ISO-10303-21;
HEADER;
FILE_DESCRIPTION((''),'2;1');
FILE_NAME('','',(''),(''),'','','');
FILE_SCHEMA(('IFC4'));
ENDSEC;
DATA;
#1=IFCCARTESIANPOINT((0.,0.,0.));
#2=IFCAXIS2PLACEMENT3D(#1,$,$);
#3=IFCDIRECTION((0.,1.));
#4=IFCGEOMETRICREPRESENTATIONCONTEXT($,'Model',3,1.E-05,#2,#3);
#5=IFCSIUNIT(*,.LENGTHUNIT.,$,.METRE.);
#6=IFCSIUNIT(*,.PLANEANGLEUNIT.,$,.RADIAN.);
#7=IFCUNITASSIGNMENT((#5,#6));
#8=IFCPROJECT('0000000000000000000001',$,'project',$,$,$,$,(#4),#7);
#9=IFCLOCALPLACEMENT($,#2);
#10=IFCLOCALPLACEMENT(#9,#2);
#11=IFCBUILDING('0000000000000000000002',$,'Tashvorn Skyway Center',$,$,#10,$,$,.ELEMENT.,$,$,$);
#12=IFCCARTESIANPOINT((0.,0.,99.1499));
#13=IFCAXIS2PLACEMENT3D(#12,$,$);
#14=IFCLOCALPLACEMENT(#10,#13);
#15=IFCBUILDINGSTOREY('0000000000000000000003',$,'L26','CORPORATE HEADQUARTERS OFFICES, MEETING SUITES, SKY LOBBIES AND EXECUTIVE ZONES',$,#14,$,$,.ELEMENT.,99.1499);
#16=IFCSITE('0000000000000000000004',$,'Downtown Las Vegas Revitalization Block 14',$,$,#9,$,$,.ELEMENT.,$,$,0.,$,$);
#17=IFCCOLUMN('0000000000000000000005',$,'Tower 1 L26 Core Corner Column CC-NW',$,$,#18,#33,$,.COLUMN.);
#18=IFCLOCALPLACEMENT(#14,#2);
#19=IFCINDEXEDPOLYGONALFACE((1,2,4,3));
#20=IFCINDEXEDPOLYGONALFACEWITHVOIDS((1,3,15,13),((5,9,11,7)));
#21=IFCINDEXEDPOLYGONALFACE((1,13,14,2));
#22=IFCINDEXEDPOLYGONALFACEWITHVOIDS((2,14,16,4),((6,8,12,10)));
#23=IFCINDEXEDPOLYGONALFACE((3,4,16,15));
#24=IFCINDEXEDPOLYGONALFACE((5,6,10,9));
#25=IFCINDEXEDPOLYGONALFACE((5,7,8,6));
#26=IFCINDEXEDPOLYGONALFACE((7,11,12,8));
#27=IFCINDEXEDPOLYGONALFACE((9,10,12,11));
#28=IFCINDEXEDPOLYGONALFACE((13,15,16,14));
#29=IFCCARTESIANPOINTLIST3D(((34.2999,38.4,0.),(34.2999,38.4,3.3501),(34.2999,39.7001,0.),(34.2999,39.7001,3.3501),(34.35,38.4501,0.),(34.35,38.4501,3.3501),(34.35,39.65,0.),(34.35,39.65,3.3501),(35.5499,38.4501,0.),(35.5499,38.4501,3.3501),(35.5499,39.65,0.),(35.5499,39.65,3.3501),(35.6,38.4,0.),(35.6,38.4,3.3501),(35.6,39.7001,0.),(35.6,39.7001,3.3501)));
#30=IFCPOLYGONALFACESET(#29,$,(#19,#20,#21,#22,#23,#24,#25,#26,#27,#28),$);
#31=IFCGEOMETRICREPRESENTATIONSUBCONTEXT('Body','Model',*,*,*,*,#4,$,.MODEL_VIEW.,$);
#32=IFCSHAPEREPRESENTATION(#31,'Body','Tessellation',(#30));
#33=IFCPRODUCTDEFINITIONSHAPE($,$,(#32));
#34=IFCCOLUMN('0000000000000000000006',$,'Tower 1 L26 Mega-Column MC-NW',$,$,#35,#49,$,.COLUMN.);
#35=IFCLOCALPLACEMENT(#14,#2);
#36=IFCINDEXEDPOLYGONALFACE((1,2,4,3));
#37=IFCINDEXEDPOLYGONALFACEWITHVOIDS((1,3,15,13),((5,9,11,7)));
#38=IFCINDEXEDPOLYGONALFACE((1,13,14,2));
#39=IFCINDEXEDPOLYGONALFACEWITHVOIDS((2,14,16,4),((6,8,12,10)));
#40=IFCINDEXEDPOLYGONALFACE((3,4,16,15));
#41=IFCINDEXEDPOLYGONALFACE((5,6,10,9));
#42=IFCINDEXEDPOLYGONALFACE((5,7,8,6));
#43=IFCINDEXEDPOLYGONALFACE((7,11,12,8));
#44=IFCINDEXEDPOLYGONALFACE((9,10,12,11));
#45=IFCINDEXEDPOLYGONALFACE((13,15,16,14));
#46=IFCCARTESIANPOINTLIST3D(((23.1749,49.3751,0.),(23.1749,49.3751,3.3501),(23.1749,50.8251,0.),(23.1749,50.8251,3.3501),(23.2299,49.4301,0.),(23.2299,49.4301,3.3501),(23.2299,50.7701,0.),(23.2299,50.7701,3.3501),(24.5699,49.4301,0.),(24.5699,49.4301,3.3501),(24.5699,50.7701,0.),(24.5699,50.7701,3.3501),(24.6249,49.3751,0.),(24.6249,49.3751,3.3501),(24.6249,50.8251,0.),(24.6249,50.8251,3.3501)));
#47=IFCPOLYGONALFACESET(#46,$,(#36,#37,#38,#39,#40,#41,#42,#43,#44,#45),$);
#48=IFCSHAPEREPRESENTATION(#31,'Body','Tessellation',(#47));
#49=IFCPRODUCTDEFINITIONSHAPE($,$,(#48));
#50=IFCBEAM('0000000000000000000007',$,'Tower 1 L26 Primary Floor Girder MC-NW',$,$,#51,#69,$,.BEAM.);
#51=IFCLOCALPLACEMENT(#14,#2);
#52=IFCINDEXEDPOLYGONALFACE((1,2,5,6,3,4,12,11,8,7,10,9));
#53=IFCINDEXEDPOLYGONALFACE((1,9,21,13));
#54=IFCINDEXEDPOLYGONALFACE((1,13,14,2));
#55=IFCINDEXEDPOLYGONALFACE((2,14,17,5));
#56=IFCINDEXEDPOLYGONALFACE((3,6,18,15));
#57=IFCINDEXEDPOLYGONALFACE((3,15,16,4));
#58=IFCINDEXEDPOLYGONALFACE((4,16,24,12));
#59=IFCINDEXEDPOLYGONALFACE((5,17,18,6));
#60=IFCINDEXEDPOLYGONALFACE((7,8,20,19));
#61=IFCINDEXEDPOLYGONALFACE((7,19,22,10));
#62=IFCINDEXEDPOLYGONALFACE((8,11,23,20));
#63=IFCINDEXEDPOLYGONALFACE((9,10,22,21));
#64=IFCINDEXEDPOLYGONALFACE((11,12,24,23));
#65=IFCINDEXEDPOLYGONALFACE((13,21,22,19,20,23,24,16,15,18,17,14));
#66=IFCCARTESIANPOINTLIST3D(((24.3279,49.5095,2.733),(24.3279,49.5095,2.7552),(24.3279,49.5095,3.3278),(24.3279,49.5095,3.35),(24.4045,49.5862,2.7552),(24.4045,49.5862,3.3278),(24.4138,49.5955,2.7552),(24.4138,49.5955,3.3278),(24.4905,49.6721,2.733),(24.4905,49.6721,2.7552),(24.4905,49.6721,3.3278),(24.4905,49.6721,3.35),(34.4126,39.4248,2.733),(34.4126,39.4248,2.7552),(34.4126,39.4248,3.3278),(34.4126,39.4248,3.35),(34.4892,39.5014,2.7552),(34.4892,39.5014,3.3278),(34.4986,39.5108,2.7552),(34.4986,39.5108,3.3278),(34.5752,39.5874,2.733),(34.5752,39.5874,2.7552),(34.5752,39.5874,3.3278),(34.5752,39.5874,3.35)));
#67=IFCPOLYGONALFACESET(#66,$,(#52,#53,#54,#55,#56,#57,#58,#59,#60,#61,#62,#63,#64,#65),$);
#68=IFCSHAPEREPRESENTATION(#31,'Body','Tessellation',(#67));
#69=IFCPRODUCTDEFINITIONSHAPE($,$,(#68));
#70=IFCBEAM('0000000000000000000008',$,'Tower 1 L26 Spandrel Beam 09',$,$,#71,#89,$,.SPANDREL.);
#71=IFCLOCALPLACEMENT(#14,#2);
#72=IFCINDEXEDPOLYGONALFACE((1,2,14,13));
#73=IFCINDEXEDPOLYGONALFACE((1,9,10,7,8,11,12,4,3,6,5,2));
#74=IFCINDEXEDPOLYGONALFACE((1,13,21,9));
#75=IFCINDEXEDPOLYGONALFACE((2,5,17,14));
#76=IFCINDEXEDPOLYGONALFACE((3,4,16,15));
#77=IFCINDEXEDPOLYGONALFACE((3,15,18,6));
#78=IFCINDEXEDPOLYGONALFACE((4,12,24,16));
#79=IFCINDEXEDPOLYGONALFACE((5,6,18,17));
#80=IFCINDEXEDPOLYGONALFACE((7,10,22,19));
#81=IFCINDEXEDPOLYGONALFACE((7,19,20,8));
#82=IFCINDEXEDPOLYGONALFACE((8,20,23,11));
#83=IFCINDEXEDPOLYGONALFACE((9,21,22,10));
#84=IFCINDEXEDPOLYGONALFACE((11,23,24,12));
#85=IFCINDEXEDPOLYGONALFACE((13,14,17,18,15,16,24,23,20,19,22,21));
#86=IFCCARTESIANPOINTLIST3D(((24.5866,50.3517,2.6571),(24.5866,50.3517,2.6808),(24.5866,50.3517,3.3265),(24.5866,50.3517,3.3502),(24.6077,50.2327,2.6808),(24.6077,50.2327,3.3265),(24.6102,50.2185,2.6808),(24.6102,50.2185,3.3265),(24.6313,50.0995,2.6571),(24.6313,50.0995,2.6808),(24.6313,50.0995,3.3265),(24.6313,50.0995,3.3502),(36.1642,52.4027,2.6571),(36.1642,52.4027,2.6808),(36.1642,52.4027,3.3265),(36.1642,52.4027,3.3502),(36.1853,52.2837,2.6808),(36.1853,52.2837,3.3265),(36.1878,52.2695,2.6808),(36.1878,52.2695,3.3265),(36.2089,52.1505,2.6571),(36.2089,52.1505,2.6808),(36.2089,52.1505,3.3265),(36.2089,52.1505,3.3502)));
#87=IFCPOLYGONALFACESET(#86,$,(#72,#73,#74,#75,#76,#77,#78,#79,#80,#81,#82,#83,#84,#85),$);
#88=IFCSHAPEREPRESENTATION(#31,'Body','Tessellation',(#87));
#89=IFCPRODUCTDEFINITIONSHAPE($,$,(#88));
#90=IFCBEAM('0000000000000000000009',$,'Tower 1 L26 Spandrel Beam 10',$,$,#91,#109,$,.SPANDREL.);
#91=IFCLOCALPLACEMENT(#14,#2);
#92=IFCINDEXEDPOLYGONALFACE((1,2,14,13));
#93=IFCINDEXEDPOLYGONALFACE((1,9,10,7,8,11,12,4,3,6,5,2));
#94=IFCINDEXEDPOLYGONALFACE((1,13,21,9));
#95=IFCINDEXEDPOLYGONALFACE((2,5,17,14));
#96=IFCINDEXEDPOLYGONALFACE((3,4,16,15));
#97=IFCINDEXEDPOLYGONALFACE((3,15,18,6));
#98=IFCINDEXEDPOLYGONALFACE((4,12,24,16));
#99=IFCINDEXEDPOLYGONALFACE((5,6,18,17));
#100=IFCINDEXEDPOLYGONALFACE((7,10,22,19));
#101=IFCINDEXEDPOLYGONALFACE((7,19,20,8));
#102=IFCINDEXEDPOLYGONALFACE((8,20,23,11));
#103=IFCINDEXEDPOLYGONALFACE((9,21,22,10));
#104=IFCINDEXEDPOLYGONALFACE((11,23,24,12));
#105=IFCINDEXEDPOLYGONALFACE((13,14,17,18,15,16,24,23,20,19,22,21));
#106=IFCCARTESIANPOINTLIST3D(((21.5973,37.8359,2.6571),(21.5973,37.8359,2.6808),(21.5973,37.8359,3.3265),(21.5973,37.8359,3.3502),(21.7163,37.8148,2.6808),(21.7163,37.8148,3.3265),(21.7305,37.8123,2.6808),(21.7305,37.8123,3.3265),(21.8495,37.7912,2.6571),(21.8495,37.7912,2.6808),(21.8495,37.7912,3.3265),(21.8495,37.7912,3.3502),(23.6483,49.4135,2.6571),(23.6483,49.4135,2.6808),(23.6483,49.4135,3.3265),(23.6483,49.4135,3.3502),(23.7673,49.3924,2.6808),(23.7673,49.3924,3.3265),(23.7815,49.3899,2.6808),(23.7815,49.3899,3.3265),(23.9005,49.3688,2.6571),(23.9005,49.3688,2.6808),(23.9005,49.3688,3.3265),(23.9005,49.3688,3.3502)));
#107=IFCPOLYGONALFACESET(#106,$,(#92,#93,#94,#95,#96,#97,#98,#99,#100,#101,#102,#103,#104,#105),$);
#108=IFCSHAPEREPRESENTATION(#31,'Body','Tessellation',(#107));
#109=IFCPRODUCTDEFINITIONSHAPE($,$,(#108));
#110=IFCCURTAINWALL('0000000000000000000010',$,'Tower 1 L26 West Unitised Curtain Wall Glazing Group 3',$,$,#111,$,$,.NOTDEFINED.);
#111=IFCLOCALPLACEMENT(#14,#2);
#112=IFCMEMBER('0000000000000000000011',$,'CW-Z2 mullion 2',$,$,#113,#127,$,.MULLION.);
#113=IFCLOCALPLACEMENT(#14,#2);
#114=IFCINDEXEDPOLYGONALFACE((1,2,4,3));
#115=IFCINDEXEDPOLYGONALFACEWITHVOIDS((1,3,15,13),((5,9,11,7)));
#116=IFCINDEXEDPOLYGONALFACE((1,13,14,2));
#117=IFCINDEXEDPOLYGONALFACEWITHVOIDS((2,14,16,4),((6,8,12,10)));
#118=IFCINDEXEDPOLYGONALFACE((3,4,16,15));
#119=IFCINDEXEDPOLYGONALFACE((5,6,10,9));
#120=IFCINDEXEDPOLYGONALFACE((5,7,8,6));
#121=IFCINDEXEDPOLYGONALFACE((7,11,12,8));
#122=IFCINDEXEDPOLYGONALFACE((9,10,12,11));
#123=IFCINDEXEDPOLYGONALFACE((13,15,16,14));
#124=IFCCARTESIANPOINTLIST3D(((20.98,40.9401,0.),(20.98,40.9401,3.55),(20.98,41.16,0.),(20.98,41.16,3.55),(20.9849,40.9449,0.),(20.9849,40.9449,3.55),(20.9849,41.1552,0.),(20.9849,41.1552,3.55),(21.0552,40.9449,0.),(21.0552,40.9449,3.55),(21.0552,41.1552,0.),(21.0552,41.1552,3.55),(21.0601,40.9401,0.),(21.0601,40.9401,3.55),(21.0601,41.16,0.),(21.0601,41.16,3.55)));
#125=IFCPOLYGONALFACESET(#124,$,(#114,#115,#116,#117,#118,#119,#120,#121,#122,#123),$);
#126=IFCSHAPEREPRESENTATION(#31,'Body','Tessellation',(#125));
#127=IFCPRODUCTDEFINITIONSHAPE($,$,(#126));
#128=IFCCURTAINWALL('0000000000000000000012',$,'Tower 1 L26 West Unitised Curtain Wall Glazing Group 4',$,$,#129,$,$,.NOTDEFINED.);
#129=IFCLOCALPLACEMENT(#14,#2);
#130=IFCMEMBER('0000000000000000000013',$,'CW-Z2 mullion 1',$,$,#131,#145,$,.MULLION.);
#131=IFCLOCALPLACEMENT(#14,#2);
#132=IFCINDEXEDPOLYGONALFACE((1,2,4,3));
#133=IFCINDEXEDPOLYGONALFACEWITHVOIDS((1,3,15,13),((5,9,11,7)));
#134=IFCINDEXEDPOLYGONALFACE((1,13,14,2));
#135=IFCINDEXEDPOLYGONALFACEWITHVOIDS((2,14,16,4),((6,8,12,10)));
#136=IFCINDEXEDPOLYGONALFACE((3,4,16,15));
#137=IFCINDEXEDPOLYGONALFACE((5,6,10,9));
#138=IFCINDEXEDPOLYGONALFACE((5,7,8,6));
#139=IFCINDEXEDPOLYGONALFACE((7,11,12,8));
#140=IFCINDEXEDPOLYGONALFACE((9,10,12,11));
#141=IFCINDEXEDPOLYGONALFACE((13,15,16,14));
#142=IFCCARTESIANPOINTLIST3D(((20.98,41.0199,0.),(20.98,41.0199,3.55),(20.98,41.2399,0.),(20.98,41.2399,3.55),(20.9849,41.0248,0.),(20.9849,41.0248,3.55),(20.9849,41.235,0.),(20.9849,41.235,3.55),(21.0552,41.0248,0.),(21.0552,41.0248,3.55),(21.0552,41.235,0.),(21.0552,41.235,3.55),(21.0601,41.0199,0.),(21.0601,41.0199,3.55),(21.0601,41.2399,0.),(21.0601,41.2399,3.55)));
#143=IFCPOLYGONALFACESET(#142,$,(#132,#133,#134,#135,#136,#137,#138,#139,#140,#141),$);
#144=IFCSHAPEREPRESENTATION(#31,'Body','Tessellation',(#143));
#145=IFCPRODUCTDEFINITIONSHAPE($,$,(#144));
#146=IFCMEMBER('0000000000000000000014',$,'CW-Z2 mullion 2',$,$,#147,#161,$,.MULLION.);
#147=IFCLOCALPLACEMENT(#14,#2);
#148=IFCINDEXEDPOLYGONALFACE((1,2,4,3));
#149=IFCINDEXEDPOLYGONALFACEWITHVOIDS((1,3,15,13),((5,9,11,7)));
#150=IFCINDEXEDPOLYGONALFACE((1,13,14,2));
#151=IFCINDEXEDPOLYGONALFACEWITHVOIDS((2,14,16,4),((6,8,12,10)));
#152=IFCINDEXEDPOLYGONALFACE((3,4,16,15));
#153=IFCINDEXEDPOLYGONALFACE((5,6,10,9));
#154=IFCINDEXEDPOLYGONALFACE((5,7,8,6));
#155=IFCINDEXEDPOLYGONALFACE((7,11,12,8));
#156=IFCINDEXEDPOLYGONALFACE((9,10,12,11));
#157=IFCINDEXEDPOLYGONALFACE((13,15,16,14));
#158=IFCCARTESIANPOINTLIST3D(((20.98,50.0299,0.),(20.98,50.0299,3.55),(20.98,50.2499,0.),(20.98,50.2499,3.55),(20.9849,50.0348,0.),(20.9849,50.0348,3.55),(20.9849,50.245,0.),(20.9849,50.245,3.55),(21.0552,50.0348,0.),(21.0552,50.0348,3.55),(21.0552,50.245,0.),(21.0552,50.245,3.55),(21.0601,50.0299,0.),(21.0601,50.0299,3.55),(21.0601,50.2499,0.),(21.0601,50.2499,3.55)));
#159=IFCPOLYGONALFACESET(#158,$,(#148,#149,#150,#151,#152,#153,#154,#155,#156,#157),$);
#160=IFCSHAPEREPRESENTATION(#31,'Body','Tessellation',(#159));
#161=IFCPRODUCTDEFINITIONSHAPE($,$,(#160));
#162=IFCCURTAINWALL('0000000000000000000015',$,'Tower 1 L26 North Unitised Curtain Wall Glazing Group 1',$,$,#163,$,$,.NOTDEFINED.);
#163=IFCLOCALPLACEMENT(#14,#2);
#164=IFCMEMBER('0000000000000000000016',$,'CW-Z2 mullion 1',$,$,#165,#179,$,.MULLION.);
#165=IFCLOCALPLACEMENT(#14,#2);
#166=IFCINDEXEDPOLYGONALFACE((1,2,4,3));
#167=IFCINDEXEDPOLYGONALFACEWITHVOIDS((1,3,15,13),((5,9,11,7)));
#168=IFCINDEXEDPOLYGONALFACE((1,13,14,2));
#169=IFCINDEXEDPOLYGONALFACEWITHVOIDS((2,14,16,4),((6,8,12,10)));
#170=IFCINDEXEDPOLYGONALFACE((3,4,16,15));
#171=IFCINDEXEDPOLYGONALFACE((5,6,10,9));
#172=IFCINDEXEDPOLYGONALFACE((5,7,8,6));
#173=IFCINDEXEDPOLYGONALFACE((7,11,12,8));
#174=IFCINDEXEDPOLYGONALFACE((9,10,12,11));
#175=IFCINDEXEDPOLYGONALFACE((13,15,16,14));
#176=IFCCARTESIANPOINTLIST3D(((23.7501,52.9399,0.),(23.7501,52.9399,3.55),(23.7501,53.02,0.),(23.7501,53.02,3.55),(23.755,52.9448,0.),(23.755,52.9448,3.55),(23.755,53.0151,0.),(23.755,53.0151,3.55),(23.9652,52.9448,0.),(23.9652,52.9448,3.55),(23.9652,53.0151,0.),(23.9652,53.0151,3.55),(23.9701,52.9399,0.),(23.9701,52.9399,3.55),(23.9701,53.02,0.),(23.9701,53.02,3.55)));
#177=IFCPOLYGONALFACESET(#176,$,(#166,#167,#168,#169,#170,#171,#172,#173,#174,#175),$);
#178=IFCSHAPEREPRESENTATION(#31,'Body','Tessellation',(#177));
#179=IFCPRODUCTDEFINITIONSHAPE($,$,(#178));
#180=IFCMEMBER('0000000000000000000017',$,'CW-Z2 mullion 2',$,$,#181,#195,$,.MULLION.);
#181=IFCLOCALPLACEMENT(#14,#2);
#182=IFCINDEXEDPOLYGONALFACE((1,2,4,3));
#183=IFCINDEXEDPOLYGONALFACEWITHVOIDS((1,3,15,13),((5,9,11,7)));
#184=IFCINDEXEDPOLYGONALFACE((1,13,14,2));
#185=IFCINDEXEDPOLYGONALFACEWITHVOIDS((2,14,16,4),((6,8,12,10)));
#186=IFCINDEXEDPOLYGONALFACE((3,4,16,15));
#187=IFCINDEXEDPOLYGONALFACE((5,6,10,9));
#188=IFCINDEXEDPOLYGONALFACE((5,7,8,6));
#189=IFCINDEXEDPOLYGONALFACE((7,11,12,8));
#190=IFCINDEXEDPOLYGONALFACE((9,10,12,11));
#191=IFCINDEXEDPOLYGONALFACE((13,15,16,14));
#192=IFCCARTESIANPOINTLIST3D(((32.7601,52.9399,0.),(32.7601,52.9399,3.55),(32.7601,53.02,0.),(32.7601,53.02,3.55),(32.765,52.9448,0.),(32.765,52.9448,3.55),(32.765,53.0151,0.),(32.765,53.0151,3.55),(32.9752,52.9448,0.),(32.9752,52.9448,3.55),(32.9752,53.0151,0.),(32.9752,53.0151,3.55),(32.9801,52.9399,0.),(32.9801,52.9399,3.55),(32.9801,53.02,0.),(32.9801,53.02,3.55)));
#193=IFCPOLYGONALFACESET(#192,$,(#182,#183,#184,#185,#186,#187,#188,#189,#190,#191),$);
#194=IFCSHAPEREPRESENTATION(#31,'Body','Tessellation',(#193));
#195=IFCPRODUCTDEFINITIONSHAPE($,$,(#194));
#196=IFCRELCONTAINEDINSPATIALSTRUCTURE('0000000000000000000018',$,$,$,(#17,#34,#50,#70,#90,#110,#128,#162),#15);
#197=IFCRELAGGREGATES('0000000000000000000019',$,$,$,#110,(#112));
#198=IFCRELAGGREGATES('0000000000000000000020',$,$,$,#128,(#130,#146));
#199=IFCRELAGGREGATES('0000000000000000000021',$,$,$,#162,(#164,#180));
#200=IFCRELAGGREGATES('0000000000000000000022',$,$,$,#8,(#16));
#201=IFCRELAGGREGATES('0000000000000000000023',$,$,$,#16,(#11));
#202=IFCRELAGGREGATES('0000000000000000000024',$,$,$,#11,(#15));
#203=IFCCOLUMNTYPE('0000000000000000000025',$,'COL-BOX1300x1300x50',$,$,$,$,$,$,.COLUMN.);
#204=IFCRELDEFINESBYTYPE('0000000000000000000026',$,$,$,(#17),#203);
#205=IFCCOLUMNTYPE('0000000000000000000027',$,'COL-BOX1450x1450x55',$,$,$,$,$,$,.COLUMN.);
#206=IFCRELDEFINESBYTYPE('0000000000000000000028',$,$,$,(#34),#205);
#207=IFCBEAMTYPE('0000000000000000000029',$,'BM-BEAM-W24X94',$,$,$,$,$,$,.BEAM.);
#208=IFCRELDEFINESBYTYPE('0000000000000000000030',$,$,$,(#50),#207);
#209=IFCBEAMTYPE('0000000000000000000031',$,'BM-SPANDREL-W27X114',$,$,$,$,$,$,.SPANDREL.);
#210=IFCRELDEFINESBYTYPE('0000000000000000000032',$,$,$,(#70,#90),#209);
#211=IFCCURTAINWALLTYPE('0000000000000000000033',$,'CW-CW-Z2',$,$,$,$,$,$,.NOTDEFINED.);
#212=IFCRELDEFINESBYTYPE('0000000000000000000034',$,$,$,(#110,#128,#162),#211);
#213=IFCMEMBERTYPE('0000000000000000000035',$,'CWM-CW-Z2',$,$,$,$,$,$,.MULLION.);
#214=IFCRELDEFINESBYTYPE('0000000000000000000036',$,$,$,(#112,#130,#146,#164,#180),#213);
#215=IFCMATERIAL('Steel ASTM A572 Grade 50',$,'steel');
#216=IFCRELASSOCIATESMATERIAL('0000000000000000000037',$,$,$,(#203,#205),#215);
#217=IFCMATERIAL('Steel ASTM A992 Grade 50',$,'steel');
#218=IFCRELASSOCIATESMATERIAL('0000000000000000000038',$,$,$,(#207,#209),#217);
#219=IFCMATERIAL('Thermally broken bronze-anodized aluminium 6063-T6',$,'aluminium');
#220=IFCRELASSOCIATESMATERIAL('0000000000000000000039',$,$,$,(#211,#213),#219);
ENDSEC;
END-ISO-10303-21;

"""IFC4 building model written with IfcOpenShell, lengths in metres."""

from ifc_helpers import new_model, si_unit, direction, frame, origin, origin_2d, place, context, subcontext, project, spatial, hollow_rectangle, i_section, extrude, material, material_profile, profile_set, type_object, element, aggregate, save


model = new_model("IFC4")

# Units and contexts
model_context = context("Model", 3, precision=1e-05, world=origin(), true_north=direction((0.0, 1.0)))
body_context = subcontext(model_context, "Body", "Model", "MODEL_VIEW")
ifc_project = project(units=[si_unit("LENGTHUNIT", "METRE"), si_unit("PLANEANGLEUNIT", "RADIAN")], contexts=[model_context])

# Site, building, storey
site_placement = place(None, origin())
site = spatial("IfcSite", under=ifc_project, at=site_placement, Name="Downtown Las Vegas Revitalization Block 14", CompositionType="ELEMENT", RefElevation=0.0)
building_placement = place(site_placement, origin())
building = spatial("IfcBuilding", under=site, at=building_placement, Name="Tashvorn Skyway Center", CompositionType="ELEMENT")
storey_placement = place(building_placement, frame((0.0, 0.0, 99.1499)))
storey = spatial("IfcBuildingStorey", under=building, at=storey_placement, Name="L26", Description="CORPORATE HEADQUARTERS OFFICES, MEETING SUITES, SKY LOBBIES AND EXECUTIVE ZONES", CompositionType="ELEMENT", Elevation=99.1499)

# Columns
ifc_material_1 = material(Name="Steel ASTM A572 Grade 50", Category="steel")
ifc_material_profile_1 = material_profile(ifc_material_1, hollow_rectangle(XDim=1.3, YDim=1.3, WallThickness=0.05, at=origin_2d()), Name="BOX1300x1300x50")
ifc_profile_set_1 = profile_set([ifc_material_profile_1], Name="Steel ASTM A572 Grade 50")
column_type_1 = type_object("IfcColumnType", Name="COL-BOX1300x1300x50", PredefinedType="COLUMN", material=ifc_profile_set_1)
column_1_placement = place(storey_placement, frame((34.95, 39.05, 0.0), z_axis=(0.0, 0.0, 1.0), x_axis=(1.0, 0.0, 0.0)))
element("IfcColumn", 1, at=column_1_placement, inside=storey, type_object=column_type_1, Name="Tower 1 L26 Core Corner Column CC-NW", PredefinedType="COLUMN", context=body_context, shape_type="SweptSolid", body=[
    extrude(hollow_rectangle(XDim=1.3, YDim=1.3, WallThickness=0.05, at=origin_2d()), origin(), (0.0, 0.0, 1.0), 3.3501),
])
ifc_material_profile_2 = material_profile(ifc_material_1, hollow_rectangle(XDim=1.45, YDim=1.45, WallThickness=0.0549, at=origin_2d()), Name="BOX1450x1450x55")
ifc_profile_set_2 = profile_set([ifc_material_profile_2], Name="Steel ASTM A572 Grade 50")
column_type_2 = type_object("IfcColumnType", Name="COL-BOX1450x1450x55", PredefinedType="COLUMN", material=ifc_profile_set_2)
column_2_placement = place(storey_placement, frame((23.8999, 50.1001, 0.0), z_axis=(0.0, 0.0, 1.0), x_axis=(1.0, 0.0, 0.0)))
element("IfcColumn", 2, at=column_2_placement, inside=storey, type_object=column_type_2, Name="Tower 1 L26 Mega-Column MC-NW", PredefinedType="COLUMN", context=body_context, shape_type="SweptSolid", body=[
    extrude(hollow_rectangle(XDim=1.45, YDim=1.45, WallThickness=0.0549, at=origin_2d()), origin(), (0.0, 0.0, 1.0), 3.3501),
])

# Beams
ifc_material_2 = material(Name="Steel ASTM A992 Grade 50", Category="steel")
ifc_material_profile_3 = material_profile(ifc_material_2, i_section(OverallWidth=0.23, OverallDepth=0.6169, WebThickness=0.0132, FlangeThickness=0.0222, at=origin_2d()), Name="W24X94")
ifc_profile_set_3 = profile_set([ifc_material_profile_3], Name="Steel ASTM A992 Grade 50")
beam_type_1 = type_object("IfcBeamType", Name="BM-BEAM-W24X94", PredefinedType="BEAM", material=ifc_profile_set_3)
beam_placement = place(storey_placement, frame((24.4092, 49.5908, 3.0415), z_axis=(0.707107, -0.707107, 0.0), x_axis=(0.707107, 0.707107, 0.0)))
element("IfcBeam", 3, at=beam_placement, inside=storey, type_object=beam_type_1, Name="Tower 1 L26 Primary Floor Girder MC-NW", PredefinedType="BEAM", context=body_context, shape_type="SweptSolid", body=[
    extrude(i_section(OverallWidth=0.23, OverallDepth=0.6169, WebThickness=0.0132, FlangeThickness=0.0222, at=origin_2d()), origin(), (0.0, 0.0, 1.0), 14.262),
])
ifc_material_profile_4 = material_profile(ifc_material_2, i_section(OverallWidth=0.2561, OverallDepth=0.6931, WebThickness=0.0144, FlangeThickness=0.0237, at=origin_2d()), Name="W27X114")
ifc_profile_set_4 = profile_set([ifc_material_profile_4], Name="Steel ASTM A992 Grade 50")
beam_type_2 = type_object("IfcBeamType", Name="BM-SPANDREL-W27X114", PredefinedType="SPANDREL", material=ifc_profile_set_4)
for number, where, z_axis, x_axis, name in (
    (4, (36.1865, 52.2766, 3.0037), (-0.984668, -0.174438, 0.0), (0.174438, -0.984668, 0.0), "Tower 1 L26 Spandrel Beam 09"),
    (5, (23.7744, 49.3911, 3.0037), (-0.174438, -0.984668, 0.0), (0.984668, -0.174438, 0.0), "Tower 1 L26 Spandrel Beam 10"),
):
    element("IfcBeam", number, at=place(storey_placement, frame(where, z_axis=z_axis, x_axis=x_axis)), inside=storey, type_object=beam_type_2, Name=name, PredefinedType="SPANDREL", context=body_context, shape_type="SweptSolid", body=[
        extrude(i_section(OverallWidth=0.2561, OverallDepth=0.6931, WebThickness=0.0144, FlangeThickness=0.0237, at=origin_2d()), origin(), (0.0, 0.0, 1.0), 11.7578),
    ])

# Curtain wall, member
ifc_material_3 = material(Name="Thermally broken bronze-anodized aluminium 6063-T6", Category="aluminium")
curtain_wall_type = type_object("IfcCurtainWallType", Name="CW-CW-Z2", PredefinedType="NOTDEFINED", material=ifc_material_3)
curtain_wall_1_placement = place(storey_placement, origin())
curtain_wall_1 = element("IfcCurtainWall", 6, at=curtain_wall_1_placement, inside=storey, type_object=curtain_wall_type, Name="Tower 1 L26 West Unitised Curtain Wall Glazing Group 3", PredefinedType="NOTDEFINED")
ifc_material_profile_5 = material_profile(ifc_material_3, hollow_rectangle(XDim=0.0801, YDim=0.22, WallThickness=0.0049, at=origin_2d()), Name="ALU-MULL-80x220")
ifc_profile_set_5 = profile_set([ifc_material_profile_5], Name="Thermally broken bronze-anodized aluminium 6063-T6")
member_type_1 = type_object("IfcMemberType", Name="CWM-CW-Z2", PredefinedType="MULLION", material=ifc_profile_set_5)
member_1_placement = place(storey_placement, frame((21.02, 41.05, 0.0), z_axis=(0.0, 0.0, 1.0), x_axis=(-1.0, 0.0, 0.0)))
member_1 = element("IfcMember", 7, at=member_1_placement, type_object=member_type_1, Name="CW-Z2 mullion 2", PredefinedType="MULLION", context=body_context, shape_type="SweptSolid", body=[
    extrude(hollow_rectangle(XDim=0.0801, YDim=0.22, WallThickness=0.0049, at=origin_2d()), origin(), (0.0, 0.0, 1.0), 3.55),
])

# Curtain walls, members
curtain_wall_2_placement = place(storey_placement, origin())
curtain_wall_2 = element("IfcCurtainWall", 8, at=curtain_wall_2_placement, inside=storey, type_object=curtain_wall_type, Name="Tower 1 L26 West Unitised Curtain Wall Glazing Group 4", PredefinedType="NOTDEFINED")
member_2_placement = place(storey_placement, frame((21.02, 41.1299, 0.0), z_axis=(0.0, 0.0, 1.0), x_axis=(-1.0, 0.0, 0.0)))
member_2 = element("IfcMember", 9, at=member_2_placement, type_object=member_type_1, Name="CW-Z2 mullion 1", PredefinedType="MULLION", context=body_context, shape_type="SweptSolid", body=[
    extrude(hollow_rectangle(XDim=0.0801, YDim=0.22, WallThickness=0.0049, at=origin_2d()), origin(), (0.0, 0.0, 1.0), 3.55),
])
member_3_placement = place(storey_placement, frame((21.02, 50.1399, 0.0), z_axis=(0.0, 0.0, 1.0), x_axis=(-1.0, 0.0, 0.0)))
member_3 = element("IfcMember", 10, at=member_3_placement, type_object=member_type_1, Name="CW-Z2 mullion 2", PredefinedType="MULLION", context=body_context, shape_type="SweptSolid", body=[
    extrude(hollow_rectangle(XDim=0.0801, YDim=0.22, WallThickness=0.0049, at=origin_2d()), origin(), (0.0, 0.0, 1.0), 3.55),
])
curtain_wall_3_placement = place(storey_placement, origin())
curtain_wall_3 = element("IfcCurtainWall", 11, at=curtain_wall_3_placement, inside=storey, type_object=curtain_wall_type, Name="Tower 1 L26 North Unitised Curtain Wall Glazing Group 1", PredefinedType="NOTDEFINED")
member_4_placement = place(storey_placement, frame((23.8601, 52.98, 0.0), z_axis=(0.0, 0.0, 1.0), x_axis=(0.0, 1.0, 0.0)))
member_4 = element("IfcMember", 12, at=member_4_placement, type_object=member_type_1, Name="CW-Z2 mullion 1", PredefinedType="MULLION", context=body_context, shape_type="SweptSolid", body=[
    extrude(hollow_rectangle(XDim=0.0801, YDim=0.22, WallThickness=0.0049, at=origin_2d()), origin(), (0.0, 0.0, 1.0), 3.55),
])
member_5_placement = place(storey_placement, frame((32.8701, 52.98, 0.0), z_axis=(0.0, 0.0, 1.0), x_axis=(0.0, 1.0, 0.0)))
member_5 = element("IfcMember", 13, at=member_5_placement, type_object=member_type_1, Name="CW-Z2 mullion 2", PredefinedType="MULLION", context=body_context, shape_type="SweptSolid", body=[
    extrude(hollow_rectangle(XDim=0.0801, YDim=0.22, WallThickness=0.0049, at=origin_2d()), origin(), (0.0, 0.0, 1.0), 3.55),
])

aggregate(curtain_wall_1, [member_1])
aggregate(curtain_wall_2, [member_2, member_3])
aggregate(curtain_wall_3, [member_4, member_5])

save(model, "model.ifc")
